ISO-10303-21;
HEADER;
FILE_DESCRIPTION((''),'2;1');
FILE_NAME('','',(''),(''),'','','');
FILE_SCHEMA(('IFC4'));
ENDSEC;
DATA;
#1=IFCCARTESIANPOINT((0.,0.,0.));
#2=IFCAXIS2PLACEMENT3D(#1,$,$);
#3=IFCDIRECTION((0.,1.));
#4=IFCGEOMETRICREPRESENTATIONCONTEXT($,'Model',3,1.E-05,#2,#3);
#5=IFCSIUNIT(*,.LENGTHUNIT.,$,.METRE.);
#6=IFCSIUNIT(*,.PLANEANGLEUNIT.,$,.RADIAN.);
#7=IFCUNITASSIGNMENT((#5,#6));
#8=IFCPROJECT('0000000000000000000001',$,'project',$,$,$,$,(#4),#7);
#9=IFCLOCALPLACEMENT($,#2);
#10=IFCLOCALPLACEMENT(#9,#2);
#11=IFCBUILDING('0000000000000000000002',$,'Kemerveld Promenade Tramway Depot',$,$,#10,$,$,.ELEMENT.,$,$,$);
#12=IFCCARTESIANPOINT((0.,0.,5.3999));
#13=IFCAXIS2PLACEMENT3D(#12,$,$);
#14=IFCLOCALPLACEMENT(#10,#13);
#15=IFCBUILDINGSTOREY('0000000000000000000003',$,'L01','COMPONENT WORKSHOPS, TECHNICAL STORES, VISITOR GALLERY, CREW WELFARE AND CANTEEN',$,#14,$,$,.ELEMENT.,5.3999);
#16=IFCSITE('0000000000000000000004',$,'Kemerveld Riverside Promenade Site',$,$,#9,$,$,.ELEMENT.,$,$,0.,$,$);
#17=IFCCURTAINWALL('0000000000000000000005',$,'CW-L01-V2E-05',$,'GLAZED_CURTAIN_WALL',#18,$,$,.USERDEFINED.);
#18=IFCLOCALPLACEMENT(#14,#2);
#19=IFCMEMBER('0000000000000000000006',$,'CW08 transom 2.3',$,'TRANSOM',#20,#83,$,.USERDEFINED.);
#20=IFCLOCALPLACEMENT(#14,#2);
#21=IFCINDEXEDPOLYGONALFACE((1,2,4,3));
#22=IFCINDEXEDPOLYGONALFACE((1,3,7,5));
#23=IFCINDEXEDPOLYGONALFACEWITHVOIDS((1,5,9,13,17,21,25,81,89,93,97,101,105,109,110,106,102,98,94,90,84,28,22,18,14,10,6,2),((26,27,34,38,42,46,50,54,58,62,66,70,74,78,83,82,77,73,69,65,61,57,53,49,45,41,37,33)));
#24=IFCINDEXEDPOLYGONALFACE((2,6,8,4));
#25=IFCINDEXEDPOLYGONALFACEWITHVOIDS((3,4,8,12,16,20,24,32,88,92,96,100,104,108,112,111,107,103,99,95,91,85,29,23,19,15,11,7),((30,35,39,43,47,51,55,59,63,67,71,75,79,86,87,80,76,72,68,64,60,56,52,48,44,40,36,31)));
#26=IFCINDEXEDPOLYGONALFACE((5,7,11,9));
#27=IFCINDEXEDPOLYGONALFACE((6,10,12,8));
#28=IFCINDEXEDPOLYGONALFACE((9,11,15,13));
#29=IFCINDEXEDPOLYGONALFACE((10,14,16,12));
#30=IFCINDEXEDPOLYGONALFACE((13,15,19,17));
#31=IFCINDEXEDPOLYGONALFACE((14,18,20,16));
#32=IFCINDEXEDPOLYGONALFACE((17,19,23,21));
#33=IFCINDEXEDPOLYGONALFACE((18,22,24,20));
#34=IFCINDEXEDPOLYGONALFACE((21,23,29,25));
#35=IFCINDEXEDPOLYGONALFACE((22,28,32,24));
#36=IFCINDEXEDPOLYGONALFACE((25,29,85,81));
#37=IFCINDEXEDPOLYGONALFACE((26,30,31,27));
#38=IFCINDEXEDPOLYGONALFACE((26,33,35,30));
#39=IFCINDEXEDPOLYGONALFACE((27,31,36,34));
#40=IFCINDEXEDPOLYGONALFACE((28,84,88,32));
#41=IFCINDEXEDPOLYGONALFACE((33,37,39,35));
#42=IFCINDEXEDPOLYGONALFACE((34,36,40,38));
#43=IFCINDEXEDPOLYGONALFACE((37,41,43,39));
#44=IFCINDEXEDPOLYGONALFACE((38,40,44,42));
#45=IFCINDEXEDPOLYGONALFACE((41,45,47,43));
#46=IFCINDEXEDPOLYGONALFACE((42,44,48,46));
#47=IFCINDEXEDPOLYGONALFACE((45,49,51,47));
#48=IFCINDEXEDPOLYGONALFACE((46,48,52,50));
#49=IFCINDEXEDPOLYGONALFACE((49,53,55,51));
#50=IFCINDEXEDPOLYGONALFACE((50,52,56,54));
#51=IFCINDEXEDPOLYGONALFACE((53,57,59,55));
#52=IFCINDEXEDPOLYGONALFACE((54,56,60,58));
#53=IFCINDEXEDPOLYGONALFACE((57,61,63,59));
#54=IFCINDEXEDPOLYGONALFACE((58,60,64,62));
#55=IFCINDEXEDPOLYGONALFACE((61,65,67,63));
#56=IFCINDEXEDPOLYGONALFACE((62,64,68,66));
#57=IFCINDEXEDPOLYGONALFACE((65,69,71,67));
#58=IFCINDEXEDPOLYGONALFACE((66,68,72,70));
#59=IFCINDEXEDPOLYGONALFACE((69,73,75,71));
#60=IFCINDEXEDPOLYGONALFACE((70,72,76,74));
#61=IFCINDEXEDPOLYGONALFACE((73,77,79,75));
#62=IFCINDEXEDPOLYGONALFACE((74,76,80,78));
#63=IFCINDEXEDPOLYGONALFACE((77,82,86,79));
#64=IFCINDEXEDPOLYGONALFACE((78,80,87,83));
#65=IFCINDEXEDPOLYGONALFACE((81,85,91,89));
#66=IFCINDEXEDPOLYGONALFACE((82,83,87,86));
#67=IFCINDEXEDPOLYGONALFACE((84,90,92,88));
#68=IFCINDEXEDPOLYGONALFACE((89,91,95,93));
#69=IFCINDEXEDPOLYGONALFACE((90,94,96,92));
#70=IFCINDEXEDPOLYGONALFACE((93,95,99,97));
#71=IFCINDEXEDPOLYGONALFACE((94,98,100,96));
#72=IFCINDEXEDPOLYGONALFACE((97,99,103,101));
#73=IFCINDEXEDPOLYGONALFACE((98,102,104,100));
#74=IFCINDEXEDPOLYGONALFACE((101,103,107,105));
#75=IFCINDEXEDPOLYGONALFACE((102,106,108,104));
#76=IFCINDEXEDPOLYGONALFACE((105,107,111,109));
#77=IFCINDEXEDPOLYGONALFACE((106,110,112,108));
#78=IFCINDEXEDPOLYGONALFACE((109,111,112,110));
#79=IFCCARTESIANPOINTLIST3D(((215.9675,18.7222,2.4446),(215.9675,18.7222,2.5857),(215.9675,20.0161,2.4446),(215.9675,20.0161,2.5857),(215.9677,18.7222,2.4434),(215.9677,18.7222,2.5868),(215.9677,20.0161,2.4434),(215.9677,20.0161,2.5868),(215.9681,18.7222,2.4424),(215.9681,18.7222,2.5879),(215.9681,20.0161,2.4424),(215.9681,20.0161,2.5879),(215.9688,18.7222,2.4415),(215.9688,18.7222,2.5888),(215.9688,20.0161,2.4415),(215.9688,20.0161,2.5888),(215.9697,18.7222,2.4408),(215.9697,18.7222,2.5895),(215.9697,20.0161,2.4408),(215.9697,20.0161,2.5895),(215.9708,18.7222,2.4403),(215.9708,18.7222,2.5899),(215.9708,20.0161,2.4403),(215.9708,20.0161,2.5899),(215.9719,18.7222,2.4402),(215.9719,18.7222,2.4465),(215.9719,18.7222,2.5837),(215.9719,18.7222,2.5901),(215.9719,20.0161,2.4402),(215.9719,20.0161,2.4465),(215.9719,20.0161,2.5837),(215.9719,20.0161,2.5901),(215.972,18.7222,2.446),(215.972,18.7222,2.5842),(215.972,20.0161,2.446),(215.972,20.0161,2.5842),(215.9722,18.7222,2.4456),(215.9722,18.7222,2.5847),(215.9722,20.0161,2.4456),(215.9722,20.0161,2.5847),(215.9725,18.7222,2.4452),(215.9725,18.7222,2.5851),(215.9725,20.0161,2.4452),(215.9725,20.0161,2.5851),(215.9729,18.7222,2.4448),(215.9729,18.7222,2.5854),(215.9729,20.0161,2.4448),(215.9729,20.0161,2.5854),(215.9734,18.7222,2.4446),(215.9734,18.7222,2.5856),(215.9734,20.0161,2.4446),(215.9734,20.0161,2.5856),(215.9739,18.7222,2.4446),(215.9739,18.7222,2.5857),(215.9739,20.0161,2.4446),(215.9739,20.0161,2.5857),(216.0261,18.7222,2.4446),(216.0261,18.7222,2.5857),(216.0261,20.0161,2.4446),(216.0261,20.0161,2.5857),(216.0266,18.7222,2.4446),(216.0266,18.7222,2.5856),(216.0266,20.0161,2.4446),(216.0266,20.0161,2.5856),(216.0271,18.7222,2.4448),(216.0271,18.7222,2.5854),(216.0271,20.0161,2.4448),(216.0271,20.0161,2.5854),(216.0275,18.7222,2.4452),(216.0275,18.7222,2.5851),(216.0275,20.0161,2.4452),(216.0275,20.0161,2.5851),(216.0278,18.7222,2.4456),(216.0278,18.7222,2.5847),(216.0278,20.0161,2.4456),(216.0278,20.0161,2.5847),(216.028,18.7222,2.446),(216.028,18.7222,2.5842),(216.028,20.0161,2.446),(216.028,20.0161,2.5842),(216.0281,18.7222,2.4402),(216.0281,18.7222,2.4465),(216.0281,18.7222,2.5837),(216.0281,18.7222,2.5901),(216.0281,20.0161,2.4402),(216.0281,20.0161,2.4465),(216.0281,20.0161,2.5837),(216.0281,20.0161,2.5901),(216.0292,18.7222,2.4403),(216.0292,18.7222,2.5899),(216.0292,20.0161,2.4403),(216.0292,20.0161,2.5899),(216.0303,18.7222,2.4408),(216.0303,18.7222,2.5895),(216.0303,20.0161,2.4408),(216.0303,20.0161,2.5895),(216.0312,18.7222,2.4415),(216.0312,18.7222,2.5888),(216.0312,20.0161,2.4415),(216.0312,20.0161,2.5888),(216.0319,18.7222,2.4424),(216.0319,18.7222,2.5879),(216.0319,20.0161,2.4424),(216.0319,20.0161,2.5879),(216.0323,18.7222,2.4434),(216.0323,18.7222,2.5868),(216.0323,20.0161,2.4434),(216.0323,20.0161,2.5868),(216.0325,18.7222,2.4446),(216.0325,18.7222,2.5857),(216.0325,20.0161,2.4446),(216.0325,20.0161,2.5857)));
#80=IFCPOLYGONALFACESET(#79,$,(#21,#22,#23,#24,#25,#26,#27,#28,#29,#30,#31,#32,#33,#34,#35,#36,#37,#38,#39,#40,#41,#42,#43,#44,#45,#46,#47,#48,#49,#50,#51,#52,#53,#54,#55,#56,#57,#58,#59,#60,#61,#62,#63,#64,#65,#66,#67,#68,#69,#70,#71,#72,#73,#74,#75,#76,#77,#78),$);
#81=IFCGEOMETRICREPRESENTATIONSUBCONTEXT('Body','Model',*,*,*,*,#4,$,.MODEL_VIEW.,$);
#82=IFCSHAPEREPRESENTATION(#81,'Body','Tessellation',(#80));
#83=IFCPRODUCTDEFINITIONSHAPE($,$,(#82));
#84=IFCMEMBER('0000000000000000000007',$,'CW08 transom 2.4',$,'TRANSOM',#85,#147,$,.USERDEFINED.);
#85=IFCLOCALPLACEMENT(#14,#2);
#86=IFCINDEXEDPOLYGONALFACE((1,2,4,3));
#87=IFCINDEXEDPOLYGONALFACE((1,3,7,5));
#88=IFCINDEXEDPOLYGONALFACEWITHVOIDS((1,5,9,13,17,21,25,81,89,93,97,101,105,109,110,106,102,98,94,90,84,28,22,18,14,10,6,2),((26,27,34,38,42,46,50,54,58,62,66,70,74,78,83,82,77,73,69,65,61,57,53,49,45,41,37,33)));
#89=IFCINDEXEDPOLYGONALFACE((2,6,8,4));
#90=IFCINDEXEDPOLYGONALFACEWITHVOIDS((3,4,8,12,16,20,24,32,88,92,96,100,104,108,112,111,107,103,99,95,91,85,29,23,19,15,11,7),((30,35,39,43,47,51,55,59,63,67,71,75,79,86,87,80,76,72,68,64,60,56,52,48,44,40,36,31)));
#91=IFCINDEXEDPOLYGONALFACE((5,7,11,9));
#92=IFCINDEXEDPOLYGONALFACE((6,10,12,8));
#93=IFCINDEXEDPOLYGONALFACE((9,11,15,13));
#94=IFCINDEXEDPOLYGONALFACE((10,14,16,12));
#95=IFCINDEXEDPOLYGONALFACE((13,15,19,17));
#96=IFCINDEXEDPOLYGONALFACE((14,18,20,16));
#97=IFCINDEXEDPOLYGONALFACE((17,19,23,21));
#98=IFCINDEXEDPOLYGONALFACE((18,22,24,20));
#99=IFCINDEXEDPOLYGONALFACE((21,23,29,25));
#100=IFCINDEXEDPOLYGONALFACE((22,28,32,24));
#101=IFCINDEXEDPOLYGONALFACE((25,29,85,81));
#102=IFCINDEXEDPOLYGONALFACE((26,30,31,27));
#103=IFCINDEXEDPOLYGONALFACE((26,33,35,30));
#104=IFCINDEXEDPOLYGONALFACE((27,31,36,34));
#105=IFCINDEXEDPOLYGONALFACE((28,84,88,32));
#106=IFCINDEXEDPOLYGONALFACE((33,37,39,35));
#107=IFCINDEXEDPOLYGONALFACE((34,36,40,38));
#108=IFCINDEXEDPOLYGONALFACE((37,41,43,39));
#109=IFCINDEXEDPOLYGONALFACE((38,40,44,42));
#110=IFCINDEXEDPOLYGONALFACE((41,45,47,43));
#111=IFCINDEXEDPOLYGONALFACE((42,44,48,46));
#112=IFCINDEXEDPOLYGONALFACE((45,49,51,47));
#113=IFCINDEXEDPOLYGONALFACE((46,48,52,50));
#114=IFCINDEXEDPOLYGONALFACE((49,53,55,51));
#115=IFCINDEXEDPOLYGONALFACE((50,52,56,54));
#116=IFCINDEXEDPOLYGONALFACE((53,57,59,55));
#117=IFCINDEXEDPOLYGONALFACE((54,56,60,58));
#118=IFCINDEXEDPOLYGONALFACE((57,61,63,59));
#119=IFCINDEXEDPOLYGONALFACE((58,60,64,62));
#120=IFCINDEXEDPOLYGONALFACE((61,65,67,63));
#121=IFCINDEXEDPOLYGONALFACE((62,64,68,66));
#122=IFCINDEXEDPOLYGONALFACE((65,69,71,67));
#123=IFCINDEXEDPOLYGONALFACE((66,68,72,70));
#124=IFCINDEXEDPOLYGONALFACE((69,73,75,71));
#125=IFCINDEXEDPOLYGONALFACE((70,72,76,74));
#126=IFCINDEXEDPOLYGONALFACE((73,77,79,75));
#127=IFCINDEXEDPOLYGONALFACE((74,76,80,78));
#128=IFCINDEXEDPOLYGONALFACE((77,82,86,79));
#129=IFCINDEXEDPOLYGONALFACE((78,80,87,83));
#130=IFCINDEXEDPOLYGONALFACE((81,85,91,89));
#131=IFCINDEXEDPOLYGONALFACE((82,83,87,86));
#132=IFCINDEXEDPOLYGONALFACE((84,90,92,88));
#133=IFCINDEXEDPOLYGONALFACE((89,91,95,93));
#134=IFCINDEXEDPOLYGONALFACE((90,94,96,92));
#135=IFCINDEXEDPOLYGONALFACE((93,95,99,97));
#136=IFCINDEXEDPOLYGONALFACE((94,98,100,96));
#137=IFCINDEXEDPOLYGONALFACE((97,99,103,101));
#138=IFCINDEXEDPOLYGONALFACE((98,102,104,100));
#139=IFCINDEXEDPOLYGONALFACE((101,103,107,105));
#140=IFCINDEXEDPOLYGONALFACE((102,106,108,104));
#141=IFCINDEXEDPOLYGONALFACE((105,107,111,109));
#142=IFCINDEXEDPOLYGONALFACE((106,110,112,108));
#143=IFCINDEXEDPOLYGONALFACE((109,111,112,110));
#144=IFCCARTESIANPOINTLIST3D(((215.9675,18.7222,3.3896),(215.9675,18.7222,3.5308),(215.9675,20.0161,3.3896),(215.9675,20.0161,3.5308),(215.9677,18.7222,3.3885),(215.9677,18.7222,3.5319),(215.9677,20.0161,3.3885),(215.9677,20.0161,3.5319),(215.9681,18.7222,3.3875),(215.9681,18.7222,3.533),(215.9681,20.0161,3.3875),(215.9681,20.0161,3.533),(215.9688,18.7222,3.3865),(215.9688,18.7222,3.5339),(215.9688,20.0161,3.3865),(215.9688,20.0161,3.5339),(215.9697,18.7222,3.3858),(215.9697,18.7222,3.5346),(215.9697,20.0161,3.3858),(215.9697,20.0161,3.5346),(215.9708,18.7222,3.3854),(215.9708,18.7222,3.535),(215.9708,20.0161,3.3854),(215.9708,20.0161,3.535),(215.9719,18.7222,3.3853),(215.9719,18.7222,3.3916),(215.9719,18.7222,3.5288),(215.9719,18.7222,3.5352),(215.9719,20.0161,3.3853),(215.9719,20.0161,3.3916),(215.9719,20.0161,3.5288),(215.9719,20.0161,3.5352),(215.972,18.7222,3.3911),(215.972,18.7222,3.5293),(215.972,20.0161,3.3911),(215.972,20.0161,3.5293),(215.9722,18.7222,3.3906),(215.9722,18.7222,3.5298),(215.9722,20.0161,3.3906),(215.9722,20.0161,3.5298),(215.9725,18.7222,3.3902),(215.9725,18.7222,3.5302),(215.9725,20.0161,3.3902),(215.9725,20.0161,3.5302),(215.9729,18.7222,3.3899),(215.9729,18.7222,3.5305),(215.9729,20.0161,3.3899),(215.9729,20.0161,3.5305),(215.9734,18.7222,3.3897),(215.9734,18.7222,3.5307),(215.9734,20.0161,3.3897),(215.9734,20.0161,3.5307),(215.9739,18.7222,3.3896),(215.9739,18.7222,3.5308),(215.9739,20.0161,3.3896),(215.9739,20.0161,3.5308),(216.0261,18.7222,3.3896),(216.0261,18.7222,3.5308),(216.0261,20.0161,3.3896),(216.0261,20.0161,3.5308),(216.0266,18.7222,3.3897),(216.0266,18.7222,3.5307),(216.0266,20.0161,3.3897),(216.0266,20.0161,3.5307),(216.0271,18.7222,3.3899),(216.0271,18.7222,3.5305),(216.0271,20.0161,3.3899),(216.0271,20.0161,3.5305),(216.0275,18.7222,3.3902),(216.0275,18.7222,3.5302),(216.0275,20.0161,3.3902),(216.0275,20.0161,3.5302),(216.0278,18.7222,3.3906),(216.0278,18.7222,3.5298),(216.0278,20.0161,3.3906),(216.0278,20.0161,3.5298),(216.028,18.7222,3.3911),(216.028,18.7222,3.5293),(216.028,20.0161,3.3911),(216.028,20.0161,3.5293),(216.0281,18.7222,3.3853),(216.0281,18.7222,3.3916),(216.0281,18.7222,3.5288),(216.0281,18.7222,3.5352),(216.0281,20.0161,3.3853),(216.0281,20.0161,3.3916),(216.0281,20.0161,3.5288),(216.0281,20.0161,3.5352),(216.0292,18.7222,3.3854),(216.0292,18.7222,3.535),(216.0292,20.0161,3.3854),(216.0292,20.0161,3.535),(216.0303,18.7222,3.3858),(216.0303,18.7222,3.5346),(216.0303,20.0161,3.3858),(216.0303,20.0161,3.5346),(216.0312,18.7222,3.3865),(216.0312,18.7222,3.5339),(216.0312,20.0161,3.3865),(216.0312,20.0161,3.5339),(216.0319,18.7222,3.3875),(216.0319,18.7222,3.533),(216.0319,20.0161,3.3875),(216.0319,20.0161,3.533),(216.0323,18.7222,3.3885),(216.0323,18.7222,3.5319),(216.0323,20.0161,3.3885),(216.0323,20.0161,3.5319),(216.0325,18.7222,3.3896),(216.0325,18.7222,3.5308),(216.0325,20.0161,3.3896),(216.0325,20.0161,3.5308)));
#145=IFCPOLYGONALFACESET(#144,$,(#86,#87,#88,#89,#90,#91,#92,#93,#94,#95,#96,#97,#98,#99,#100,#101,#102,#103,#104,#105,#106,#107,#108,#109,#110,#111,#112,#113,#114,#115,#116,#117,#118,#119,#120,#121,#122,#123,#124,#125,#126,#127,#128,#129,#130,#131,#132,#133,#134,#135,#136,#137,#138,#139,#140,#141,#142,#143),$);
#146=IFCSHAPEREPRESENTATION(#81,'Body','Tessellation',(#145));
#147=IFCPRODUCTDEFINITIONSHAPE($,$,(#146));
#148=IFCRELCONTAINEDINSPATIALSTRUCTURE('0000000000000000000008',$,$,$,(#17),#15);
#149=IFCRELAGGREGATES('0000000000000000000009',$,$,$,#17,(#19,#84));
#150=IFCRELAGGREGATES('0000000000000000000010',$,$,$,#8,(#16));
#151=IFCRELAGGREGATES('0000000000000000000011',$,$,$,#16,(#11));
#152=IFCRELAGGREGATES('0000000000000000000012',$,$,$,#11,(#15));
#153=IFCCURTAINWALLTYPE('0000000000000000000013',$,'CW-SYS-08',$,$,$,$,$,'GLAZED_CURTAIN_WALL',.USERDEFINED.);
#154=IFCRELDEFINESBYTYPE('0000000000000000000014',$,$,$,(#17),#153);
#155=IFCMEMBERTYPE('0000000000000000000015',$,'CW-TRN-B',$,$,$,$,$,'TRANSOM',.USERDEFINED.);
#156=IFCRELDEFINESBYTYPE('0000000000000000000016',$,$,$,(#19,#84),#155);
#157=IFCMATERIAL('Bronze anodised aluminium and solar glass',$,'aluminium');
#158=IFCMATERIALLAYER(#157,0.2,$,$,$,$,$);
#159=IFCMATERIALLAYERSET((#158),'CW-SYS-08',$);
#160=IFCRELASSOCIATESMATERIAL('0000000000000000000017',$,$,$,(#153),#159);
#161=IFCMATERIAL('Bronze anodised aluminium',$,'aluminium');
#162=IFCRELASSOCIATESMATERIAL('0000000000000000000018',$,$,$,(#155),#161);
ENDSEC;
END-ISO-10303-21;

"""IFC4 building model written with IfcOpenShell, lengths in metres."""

from ifc_helpers import new_model, si_unit, direction, frame, origin, origin_2d, place, context, subcontext, project, spatial, hollow_rectangle, extrude, material, layer, layer_set, material_profile, profile_set, type_object, element, aggregate, save


model = new_model("IFC4")

# Units and contexts
model_context = context("Model", 3, precision=1e-05, world=origin(), true_north=direction((0.0, 1.0)))
body_context = subcontext(model_context, "Body", "Model", "MODEL_VIEW")
ifc_project = project(units=[si_unit("LENGTHUNIT", "METRE"), si_unit("PLANEANGLEUNIT", "RADIAN")], contexts=[model_context])

# Site, building, storey
site_placement = place(None, origin())
site = spatial("IfcSite", under=ifc_project, at=site_placement, Name="Kemerveld Riverside Promenade Site", CompositionType="ELEMENT", RefElevation=0.0)
building_placement = place(site_placement, origin())
building = spatial("IfcBuilding", under=site, at=building_placement, Name="Kemerveld Promenade Tramway Depot", CompositionType="ELEMENT")
storey_placement = place(building_placement, frame((0.0, 0.0, 5.3999)))
storey = spatial("IfcBuildingStorey", under=building, at=storey_placement, Name="L01", Description="COMPONENT WORKSHOPS, TECHNICAL STORES, VISITOR GALLERY, CREW WELFARE AND CANTEEN", CompositionType="ELEMENT", Elevation=5.3999)

# Curtain wall, members
ifc_material_1 = material(Name="Bronze anodised aluminium and solar glass", Category="aluminium")
ifc_layer_1 = layer(ifc_material_1, 0.2)
ifc_layer_set_1 = layer_set([ifc_layer_1], Name="CW-SYS-08")
curtain_wall_type = type_object("IfcCurtainWallType", Name="CW-SYS-08", ElementType="GLAZED_CURTAIN_WALL", PredefinedType="USERDEFINED", material=ifc_layer_set_1)
curtain_wall_placement = place(storey_placement, origin())
curtain_wall = element("IfcCurtainWall", 1, at=curtain_wall_placement, inside=storey, type_object=curtain_wall_type, Name="CW-L01-V2E-05", ObjectType="GLAZED_CURTAIN_WALL", PredefinedType="USERDEFINED")
ifc_material_2 = material(Name="Bronze anodised aluminium", Category="aluminium")
ifc_material_profile_1 = material_profile(ifc_material_2, hollow_rectangle(XDim=0.0649, YDim=0.1499, WallThickness=0.0044, InnerFilletRadius=0.002, OuterFilletRadius=0.0044, at=origin_2d()), Name="CW-TRN-150x65")
ifc_profile_set_1 = profile_set([ifc_material_profile_1], Name="Bronze anodised aluminium")
member_type_1 = type_object("IfcMemberType", Name="CW-TRN-B", ElementType="TRANSOM", PredefinedType="USERDEFINED", material=ifc_profile_set_1)
member_1_placement = place(storey_placement, frame((216.0, 20.0161, 2.5151), z_axis=(0.0, -1.0, 0.0), x_axis=(1.0, 0.0, 0.0)))
member_1 = element("IfcMember", 2, at=member_1_placement, type_object=member_type_1, Name="CW08 transom 2.3", ObjectType="TRANSOM", PredefinedType="USERDEFINED", context=body_context, shape_type="SweptSolid", body=[
    extrude(hollow_rectangle(XDim=0.0649, YDim=0.1499, WallThickness=0.0044, InnerFilletRadius=0.002, OuterFilletRadius=0.0044, at=origin_2d()), origin(), (0.0, 0.0, 1.0), 1.2939),
])
member_2_placement = place(storey_placement, frame((216.0, 20.0161, 3.4602), z_axis=(0.0, -1.0, 0.0), x_axis=(1.0, 0.0, 0.0)))
member_2 = element("IfcMember", 3, at=member_2_placement, type_object=member_type_1, Name="CW08 transom 2.4", ObjectType="TRANSOM", PredefinedType="USERDEFINED", context=body_context, shape_type="SweptSolid", body=[
    extrude(hollow_rectangle(XDim=0.0649, YDim=0.1499, WallThickness=0.0044, InnerFilletRadius=0.002, OuterFilletRadius=0.0044, at=origin_2d()), origin(), (0.0, 0.0, 1.0), 1.2939),
])
aggregate(curtain_wall, [member_1, member_2])

save(model, "model.ifc")
